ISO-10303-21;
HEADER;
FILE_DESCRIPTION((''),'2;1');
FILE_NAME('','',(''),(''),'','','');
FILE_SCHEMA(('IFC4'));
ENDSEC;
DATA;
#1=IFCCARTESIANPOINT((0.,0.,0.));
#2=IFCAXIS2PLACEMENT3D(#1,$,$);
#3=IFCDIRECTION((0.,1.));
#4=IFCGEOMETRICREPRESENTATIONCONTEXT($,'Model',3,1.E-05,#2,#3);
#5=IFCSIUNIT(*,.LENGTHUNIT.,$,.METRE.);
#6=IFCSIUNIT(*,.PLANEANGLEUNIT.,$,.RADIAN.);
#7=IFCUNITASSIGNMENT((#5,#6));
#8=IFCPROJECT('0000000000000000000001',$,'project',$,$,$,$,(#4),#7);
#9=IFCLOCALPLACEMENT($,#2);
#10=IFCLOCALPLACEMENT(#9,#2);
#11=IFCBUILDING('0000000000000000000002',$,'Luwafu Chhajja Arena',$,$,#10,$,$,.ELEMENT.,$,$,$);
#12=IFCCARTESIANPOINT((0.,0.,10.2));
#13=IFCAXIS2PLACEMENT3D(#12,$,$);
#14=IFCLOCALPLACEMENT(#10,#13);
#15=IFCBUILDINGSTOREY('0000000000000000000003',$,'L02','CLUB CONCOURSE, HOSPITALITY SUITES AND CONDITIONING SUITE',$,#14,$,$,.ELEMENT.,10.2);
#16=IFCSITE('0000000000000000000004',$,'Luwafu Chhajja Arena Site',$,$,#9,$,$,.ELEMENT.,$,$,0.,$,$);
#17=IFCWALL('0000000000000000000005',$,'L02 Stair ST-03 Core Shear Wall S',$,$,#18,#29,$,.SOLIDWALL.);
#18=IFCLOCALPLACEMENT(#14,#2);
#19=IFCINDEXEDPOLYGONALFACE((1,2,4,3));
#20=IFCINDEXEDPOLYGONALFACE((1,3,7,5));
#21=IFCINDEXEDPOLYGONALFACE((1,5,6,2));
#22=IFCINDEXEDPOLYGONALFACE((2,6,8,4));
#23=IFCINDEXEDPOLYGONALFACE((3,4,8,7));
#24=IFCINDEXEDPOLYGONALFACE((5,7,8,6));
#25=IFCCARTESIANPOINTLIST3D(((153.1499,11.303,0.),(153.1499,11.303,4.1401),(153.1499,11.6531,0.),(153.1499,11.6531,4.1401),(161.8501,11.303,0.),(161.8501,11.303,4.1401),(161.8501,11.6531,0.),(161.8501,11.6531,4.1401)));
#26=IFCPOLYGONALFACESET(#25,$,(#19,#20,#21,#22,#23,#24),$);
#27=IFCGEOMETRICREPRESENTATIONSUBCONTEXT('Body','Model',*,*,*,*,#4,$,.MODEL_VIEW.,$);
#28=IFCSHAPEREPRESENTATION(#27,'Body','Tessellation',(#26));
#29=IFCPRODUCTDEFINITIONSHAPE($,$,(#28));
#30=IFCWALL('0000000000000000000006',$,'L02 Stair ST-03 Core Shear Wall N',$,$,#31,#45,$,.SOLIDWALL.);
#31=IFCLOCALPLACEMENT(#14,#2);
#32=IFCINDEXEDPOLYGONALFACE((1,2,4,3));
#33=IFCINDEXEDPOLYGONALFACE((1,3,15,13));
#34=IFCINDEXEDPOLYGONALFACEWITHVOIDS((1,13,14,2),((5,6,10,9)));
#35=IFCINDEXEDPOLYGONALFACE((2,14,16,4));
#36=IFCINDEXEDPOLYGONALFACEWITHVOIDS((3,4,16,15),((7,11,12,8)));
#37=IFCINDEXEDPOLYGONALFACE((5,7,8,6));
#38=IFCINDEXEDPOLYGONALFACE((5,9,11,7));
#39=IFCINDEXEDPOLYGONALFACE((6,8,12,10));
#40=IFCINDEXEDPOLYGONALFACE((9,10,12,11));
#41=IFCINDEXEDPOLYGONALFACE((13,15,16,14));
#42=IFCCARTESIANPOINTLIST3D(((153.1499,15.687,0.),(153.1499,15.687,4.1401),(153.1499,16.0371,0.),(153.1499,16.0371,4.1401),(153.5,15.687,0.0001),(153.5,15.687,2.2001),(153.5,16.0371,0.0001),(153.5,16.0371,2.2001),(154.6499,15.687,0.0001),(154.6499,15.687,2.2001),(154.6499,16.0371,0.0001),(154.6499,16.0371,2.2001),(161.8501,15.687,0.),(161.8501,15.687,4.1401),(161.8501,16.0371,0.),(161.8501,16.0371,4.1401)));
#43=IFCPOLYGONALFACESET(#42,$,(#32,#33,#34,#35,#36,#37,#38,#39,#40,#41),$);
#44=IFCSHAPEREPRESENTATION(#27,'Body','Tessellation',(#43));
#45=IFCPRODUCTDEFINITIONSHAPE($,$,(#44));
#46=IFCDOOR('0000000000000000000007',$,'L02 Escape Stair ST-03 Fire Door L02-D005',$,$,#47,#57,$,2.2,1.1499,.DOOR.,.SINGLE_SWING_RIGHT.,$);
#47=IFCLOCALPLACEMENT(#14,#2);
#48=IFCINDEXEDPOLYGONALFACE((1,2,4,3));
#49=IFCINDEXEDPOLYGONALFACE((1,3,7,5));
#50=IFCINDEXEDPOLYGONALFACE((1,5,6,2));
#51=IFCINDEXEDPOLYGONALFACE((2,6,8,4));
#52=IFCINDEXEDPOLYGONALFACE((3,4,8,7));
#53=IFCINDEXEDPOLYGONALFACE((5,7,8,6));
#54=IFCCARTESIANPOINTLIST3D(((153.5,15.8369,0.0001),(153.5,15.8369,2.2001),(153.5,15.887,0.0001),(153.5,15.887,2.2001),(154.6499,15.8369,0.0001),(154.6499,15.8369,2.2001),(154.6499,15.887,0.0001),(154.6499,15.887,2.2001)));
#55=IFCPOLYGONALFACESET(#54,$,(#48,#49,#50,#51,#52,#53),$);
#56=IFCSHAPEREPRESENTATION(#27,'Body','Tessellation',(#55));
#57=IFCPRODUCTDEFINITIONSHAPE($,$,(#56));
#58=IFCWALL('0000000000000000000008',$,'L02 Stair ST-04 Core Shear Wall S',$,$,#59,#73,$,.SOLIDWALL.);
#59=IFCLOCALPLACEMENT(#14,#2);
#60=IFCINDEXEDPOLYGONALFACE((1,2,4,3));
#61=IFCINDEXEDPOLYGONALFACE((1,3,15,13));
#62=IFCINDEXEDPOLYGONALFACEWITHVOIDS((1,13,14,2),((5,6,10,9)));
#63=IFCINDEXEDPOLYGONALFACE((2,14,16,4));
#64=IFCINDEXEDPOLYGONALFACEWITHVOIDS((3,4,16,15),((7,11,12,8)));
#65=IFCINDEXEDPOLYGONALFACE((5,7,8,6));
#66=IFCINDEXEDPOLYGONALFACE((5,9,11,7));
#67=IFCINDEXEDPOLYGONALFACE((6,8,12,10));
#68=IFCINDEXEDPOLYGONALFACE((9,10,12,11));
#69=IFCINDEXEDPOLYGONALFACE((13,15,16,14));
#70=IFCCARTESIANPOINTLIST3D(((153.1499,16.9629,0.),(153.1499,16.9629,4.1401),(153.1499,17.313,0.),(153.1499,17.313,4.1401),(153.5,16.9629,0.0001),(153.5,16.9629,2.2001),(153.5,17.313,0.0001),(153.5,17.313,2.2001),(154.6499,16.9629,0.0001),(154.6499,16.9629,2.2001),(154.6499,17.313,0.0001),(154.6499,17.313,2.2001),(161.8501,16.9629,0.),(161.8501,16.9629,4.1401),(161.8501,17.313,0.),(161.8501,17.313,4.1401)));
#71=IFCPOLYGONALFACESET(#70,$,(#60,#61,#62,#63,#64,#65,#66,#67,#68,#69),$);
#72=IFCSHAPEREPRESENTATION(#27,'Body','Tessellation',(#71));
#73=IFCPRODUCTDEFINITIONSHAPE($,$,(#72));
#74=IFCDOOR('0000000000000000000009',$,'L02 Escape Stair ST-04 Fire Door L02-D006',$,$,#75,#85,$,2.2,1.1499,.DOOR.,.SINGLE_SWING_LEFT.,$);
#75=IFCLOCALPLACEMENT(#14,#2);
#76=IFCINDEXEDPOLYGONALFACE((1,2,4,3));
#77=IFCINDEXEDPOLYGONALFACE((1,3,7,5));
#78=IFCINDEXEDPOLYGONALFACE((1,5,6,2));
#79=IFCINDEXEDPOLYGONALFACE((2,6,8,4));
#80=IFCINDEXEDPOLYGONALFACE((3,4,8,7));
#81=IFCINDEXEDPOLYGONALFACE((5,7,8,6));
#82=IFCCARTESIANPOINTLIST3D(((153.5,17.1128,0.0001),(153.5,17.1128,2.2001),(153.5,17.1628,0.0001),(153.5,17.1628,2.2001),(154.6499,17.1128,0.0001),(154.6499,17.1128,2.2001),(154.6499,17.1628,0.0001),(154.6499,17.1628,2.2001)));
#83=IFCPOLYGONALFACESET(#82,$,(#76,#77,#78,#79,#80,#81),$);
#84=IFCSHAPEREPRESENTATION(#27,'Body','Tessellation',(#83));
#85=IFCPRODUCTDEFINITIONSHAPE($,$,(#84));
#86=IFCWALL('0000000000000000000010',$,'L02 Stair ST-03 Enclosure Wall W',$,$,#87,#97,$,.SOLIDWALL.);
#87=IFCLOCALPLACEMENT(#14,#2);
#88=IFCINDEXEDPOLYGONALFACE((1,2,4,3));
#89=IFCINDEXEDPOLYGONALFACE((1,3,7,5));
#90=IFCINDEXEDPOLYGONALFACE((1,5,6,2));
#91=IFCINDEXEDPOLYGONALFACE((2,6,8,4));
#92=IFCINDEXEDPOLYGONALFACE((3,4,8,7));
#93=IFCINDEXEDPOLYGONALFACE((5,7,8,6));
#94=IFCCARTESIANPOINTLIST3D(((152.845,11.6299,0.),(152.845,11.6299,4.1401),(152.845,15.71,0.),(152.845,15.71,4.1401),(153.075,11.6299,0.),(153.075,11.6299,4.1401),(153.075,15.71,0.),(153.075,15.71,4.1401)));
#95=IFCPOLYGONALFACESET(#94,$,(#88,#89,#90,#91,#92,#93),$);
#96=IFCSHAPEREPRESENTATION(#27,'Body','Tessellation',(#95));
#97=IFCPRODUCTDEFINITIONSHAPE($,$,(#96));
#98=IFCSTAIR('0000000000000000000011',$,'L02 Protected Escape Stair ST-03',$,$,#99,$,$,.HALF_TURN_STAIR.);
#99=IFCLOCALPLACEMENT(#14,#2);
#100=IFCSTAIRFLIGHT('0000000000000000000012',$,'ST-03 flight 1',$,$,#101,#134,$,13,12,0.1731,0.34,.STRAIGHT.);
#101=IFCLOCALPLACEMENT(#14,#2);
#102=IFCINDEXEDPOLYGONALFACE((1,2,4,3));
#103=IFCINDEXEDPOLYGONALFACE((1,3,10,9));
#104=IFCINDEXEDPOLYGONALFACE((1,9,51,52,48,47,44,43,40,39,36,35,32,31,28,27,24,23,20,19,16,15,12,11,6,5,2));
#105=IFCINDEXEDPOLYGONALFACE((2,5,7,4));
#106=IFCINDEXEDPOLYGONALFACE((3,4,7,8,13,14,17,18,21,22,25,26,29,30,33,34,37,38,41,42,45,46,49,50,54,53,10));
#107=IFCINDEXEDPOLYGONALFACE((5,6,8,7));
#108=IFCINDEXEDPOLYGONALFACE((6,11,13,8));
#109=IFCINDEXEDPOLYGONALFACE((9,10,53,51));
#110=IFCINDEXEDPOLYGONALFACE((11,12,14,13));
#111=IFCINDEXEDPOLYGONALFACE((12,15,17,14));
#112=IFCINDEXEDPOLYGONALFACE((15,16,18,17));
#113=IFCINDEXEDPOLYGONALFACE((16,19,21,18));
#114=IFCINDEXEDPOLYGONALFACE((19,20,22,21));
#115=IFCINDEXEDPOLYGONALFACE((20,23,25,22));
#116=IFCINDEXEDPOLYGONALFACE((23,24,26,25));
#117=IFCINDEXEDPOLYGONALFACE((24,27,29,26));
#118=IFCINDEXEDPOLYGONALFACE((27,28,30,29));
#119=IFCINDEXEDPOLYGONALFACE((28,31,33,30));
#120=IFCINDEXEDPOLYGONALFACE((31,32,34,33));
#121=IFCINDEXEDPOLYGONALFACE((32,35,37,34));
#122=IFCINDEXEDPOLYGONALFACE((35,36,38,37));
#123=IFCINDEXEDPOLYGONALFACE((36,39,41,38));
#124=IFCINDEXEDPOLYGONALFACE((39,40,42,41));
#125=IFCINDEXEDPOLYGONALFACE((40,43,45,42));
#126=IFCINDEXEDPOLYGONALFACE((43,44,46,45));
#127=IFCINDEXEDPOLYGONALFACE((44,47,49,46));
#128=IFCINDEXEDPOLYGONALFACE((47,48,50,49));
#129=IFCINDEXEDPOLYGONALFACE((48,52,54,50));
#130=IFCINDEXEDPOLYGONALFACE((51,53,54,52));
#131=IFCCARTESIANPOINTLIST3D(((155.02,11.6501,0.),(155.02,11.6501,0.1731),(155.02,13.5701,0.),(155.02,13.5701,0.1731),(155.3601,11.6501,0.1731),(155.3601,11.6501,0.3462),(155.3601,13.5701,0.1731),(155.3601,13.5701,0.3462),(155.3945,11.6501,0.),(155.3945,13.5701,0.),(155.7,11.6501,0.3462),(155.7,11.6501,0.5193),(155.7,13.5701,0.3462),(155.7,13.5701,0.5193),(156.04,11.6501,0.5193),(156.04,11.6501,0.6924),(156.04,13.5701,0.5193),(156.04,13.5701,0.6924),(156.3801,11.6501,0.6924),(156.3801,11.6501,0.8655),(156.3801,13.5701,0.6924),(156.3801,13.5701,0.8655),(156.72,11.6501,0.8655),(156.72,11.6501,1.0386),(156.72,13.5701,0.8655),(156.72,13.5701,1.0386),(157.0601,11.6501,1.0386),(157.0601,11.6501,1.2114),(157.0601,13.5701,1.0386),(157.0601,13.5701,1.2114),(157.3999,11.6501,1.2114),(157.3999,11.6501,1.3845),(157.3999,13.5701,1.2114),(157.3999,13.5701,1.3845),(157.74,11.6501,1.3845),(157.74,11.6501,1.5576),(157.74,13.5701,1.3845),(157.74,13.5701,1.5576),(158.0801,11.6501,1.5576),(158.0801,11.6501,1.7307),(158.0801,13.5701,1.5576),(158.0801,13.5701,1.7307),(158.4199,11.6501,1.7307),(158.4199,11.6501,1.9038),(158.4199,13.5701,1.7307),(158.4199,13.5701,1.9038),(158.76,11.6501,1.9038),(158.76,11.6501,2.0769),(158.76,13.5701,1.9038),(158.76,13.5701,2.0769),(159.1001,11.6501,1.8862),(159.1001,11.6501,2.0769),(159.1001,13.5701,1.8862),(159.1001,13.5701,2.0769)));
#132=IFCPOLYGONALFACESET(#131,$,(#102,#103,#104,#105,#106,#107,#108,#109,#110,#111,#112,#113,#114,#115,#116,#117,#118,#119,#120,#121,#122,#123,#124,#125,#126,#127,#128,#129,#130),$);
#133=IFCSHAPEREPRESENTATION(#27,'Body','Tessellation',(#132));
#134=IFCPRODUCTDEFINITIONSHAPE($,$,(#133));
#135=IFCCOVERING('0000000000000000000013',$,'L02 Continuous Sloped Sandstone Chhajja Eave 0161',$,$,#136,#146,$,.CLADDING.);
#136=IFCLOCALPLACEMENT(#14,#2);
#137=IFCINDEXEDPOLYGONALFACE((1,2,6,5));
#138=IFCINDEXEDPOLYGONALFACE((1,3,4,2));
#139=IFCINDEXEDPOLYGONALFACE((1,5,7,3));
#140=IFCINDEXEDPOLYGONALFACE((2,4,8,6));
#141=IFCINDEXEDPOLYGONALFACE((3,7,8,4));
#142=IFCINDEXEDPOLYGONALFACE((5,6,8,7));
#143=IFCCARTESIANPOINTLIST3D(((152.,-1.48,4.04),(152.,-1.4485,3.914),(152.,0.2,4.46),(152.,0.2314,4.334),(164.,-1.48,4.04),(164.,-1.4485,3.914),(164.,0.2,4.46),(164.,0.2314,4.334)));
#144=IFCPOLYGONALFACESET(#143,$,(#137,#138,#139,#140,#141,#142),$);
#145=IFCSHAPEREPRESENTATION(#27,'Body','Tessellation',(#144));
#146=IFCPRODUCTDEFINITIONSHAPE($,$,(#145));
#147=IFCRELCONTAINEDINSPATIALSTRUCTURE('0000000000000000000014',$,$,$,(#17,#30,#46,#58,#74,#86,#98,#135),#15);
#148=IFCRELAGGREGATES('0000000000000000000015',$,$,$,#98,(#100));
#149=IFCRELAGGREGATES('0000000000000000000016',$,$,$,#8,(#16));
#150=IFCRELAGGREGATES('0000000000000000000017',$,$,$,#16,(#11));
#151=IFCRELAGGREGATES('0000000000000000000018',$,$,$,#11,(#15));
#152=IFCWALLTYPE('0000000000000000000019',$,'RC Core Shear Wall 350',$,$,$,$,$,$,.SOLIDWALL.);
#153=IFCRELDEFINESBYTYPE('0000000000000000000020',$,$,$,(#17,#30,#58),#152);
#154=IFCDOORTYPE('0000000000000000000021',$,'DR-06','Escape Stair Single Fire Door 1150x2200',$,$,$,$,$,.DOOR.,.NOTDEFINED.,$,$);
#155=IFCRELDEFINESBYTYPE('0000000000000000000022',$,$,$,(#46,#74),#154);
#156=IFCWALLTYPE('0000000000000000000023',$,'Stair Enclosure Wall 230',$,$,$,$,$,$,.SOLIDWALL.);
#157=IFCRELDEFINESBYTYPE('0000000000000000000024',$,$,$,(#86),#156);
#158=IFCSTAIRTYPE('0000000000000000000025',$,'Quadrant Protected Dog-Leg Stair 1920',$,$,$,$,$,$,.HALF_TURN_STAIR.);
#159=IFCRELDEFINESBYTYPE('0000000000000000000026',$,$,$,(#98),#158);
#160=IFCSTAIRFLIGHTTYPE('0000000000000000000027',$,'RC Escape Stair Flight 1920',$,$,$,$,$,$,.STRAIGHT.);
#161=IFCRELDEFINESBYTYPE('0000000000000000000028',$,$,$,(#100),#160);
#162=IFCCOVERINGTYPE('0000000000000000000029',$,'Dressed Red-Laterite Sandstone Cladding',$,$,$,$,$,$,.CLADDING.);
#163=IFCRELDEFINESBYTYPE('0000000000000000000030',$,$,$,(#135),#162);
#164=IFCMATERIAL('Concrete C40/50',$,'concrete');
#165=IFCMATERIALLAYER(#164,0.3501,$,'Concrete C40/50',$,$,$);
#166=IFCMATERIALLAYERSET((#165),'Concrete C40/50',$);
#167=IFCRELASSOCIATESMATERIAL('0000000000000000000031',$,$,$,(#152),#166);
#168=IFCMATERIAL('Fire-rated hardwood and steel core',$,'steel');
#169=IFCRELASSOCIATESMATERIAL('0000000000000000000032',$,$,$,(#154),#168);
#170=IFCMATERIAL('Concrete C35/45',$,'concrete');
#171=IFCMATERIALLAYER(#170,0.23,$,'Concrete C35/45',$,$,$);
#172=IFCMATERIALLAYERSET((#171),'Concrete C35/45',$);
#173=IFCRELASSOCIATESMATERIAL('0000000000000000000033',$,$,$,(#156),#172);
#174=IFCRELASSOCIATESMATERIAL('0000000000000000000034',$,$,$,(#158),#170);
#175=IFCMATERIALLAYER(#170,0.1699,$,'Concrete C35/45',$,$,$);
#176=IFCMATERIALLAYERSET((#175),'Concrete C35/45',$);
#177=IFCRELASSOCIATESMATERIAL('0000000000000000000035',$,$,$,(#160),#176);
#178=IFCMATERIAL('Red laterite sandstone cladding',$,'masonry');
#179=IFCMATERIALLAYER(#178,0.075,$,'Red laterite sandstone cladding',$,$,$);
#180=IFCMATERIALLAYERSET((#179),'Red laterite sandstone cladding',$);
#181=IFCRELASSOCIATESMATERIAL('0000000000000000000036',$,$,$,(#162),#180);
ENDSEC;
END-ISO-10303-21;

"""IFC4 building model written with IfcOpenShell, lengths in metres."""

from ifc_helpers import new_model, si_unit, direction, frame, frame_2d, origin, place, context, subcontext, project, spatial, polyline, rectangle, outline, extrude, material, layer, layer_set, type_object, element, fill, aggregate, save


model = new_model("IFC4")

# Units and contexts
model_context = context("Model", 3, precision=1e-05, world=origin(), true_north=direction((0.0, 1.0)))
body_context = subcontext(model_context, "Body", "Model", "MODEL_VIEW")
ifc_project = project(units=[si_unit("LENGTHUNIT", "METRE"), si_unit("PLANEANGLEUNIT", "RADIAN")], contexts=[model_context])

# Site, building, storey
site_placement = place(None, origin())
site = spatial("IfcSite", under=ifc_project, at=site_placement, Name="Luwafu Chhajja Arena Site", CompositionType="ELEMENT", RefElevation=0.0)
building_placement = place(site_placement, origin())
building = spatial("IfcBuilding", under=site, at=building_placement, Name="Luwafu Chhajja Arena", CompositionType="ELEMENT")
storey_placement = place(building_placement, frame((0.0, 0.0, 10.2)))
storey = spatial("IfcBuildingStorey", under=building, at=storey_placement, Name="L02", Description="CLUB CONCOURSE, HOSPITALITY SUITES AND CONDITIONING SUITE", CompositionType="ELEMENT", Elevation=10.2)

# Shared definitions
ifc_material_1 = material(Name="Concrete C35/45", Category="concrete")

# Wall
ifc_material_2 = material(Name="Concrete C40/50", Category="concrete")
ifc_layer_1 = layer(ifc_material_2, 0.3501, Name="Concrete C40/50")
ifc_layer_set_1 = layer_set([ifc_layer_1], Name="Concrete C40/50")
wall_type_1 = type_object("IfcWallType", Name="RC Core Shear Wall 350", PredefinedType="SOLIDWALL", material=ifc_layer_set_1)
wall_1_placement = place(storey_placement, frame((153.1499, 11.478, 0.0), z_axis=(0.0, 0.0, 1.0), x_axis=(1.0, 0.0, 0.0)))
element("IfcWall", 1, at=wall_1_placement, inside=storey, type_object=wall_type_1, Name="L02 Stair ST-03 Core Shear Wall S", PredefinedType="SOLIDWALL", context=body_context, shape_type="SweptSolid", body=[
    extrude(rectangle(XDim=8.7002, YDim=0.3501, at=frame_2d((4.3501, 0.0))), origin(), (0.0, 0.0, 1.0), 4.1401),
])

# Walls, openings, doors
wall_2_placement = place(storey_placement, frame((153.1499, 15.8621, 0.0), z_axis=(0.0, 0.0, 1.0), x_axis=(1.0, 0.0, 0.0)))
wall_2 = element("IfcWall", 2, at=wall_2_placement, inside=storey, type_object=wall_type_1, Name="L02 Stair ST-03 Core Shear Wall N", PredefinedType="SOLIDWALL", context=body_context, shape_type="SweptSolid", body=[
    extrude(rectangle(XDim=8.7002, YDim=0.3501, at=frame_2d((4.3501, 0.0))), origin(), (0.0, 0.0, 1.0), 4.1401),
])
opening_1_placement = place(wall_2_placement, frame((0.3501, 0.0, 0.0)))
opening_1 = element("IfcOpeningElement", 3, at=opening_1_placement, cuts=wall_2, PredefinedType="OPENING", context=body_context, shape_type="SweptSolid", body=[
    extrude(rectangle(XDim=1.1499, YDim=2.2, at=frame_2d((0.575, 1.1001))), frame((0.0, 0.1851, 0.0), z_axis=(0.0, -1.0, 0.0), x_axis=(1.0, 0.0, 0.0)), (0.0, 0.0, 1.0), 0.3701),
])
ifc_material_3 = material(Name="Fire-rated hardwood and steel core", Category="steel")
door_type = type_object("IfcDoorType", Name="DR-06", Description="Escape Stair Single Fire Door 1150x2200", OperationType="NOTDEFINED", PredefinedType="DOOR", material=ifc_material_3)
door_1_placement = place(opening_1_placement, origin())
door_1 = element("IfcDoor", 4, at=door_1_placement, inside=storey, type_object=door_type, Name="L02 Escape Stair ST-03 Fire Door L02-D005", OperationType="SINGLE_SWING_RIGHT", OverallHeight=2.2, OverallWidth=1.1499, PredefinedType="DOOR", context=body_context, shape_type="SweptSolid", body=[
    extrude(rectangle(XDim=1.1499, YDim=2.2, at=frame_2d((0.575, 1.1001))), frame((0.0, 0.0249, 0.0), z_axis=(0.0, -1.0, 0.0), x_axis=(1.0, 0.0, 0.0)), (0.0, 0.0, 1.0), 0.05),
])
fill(opening_1, door_1)
wall_3_placement = place(storey_placement, frame((153.1499, 17.1379, 0.0), z_axis=(0.0, 0.0, 1.0), x_axis=(1.0, 0.0, 0.0)))
wall_3 = element("IfcWall", 5, at=wall_3_placement, inside=storey, type_object=wall_type_1, Name="L02 Stair ST-04 Core Shear Wall S", PredefinedType="SOLIDWALL", context=body_context, shape_type="SweptSolid", body=[
    extrude(rectangle(XDim=8.7002, YDim=0.3501, at=frame_2d((4.3501, 0.0))), origin(), (0.0, 0.0, 1.0), 4.1401),
])
opening_2_placement = place(wall_3_placement, frame((0.3501, 0.0, 0.0)))
opening_2 = element("IfcOpeningElement", 6, at=opening_2_placement, cuts=wall_3, PredefinedType="OPENING", context=body_context, shape_type="SweptSolid", body=[
    extrude(rectangle(XDim=1.1499, YDim=2.2, at=frame_2d((0.575, 1.1001))), frame((0.0, 0.1851, 0.0), z_axis=(0.0, -1.0, 0.0), x_axis=(1.0, 0.0, 0.0)), (0.0, 0.0, 1.0), 0.3701),
])
door_2_placement = place(opening_2_placement, origin())
door_2 = element("IfcDoor", 7, at=door_2_placement, inside=storey, type_object=door_type, Name="L02 Escape Stair ST-04 Fire Door L02-D006", OperationType="SINGLE_SWING_LEFT", OverallHeight=2.2, OverallWidth=1.1499, PredefinedType="DOOR", context=body_context, shape_type="SweptSolid", body=[
    extrude(rectangle(XDim=1.1499, YDim=2.2, at=frame_2d((0.575, 1.1001))), frame((0.0, 0.0249, 0.0), z_axis=(0.0, -1.0, 0.0), x_axis=(1.0, 0.0, 0.0)), (0.0, 0.0, 1.0), 0.05),
])
fill(opening_2, door_2)

# Wall
ifc_layer_2 = layer(ifc_material_1, 0.23, Name="Concrete C35/45")
ifc_layer_set_2 = layer_set([ifc_layer_2], Name="Concrete C35/45")
wall_type_2 = type_object("IfcWallType", Name="Stair Enclosure Wall 230", PredefinedType="SOLIDWALL", material=ifc_layer_set_2)
wall_4_placement = place(storey_placement, frame((152.96, 11.6299, 0.0), z_axis=(0.0, 0.0, 1.0), x_axis=(0.0, 1.0, 0.0)))
element("IfcWall", 8, at=wall_4_placement, inside=storey, type_object=wall_type_2, Name="L02 Stair ST-03 Enclosure Wall W", PredefinedType="SOLIDWALL", context=body_context, shape_type="SweptSolid", body=[
    extrude(rectangle(XDim=4.0801, YDim=0.23, at=frame_2d((2.04, 0.0))), origin(), (0.0, 0.0, 1.0), 4.1401),
])

# Stair, stair flight
stair_type = type_object("IfcStairType", Name="Quadrant Protected Dog-Leg Stair 1920", PredefinedType="HALF_TURN_STAIR", material=ifc_material_1)
stair_placement = place(storey_placement, origin())
stair = element("IfcStair", 9, at=stair_placement, inside=storey, type_object=stair_type, Name="L02 Protected Escape Stair ST-03", PredefinedType="HALF_TURN_STAIR")
ifc_layer_3 = layer(ifc_material_1, 0.1699, Name="Concrete C35/45")
ifc_layer_set_3 = layer_set([ifc_layer_3], Name="Concrete C35/45")
stair_flight_type = type_object("IfcStairFlightType", Name="RC Escape Stair Flight 1920", PredefinedType="STRAIGHT", material=ifc_layer_set_3)
stair_flight_placement = place(storey_placement, frame((155.02, 12.6101, 0.0), z_axis=(0.0, 0.0, 1.0), x_axis=(1.0, 0.0, 0.0)))
stair_flight = element("IfcStairFlight", 10, at=stair_flight_placement, type_object=stair_flight_type, Name="ST-03 flight 1", NumberOfRisers=13, NumberOfTreads=12, PredefinedType="STRAIGHT", RiserHeight=0.1731, TreadLength=0.34, context=body_context, shape_type="SweptSolid", body=[
    extrude(outline(polyline([(0.0, 0.0), (0.0, 0.1731), (0.3401, 0.1731), (0.3401, 0.3462), (0.6799, 0.3462), (0.6799, 0.5193), (1.02, 0.5193), (1.02, 0.6924), (1.3601, 0.6924), (1.3601, 0.8655), (1.7, 0.8655), (1.7, 1.0386), (2.04, 1.0386), (2.04, 1.2114), (2.3799, 1.2114), (2.3799, 1.3845), (2.72, 1.3845), (2.72, 1.5576), (3.0601, 1.5576), (3.0601, 1.7307), (3.3999, 1.7307), (3.3999, 1.9038), (3.74, 1.9038), (3.74, 2.0769), (4.0801, 2.0769), (4.0801, 2.25), (4.0801, 1.8862), (0.3745, 0.0), (0.0, 0.0)])), frame((0.0, 0.96, 0.0), z_axis=(0.0, -1.0, 0.0), x_axis=(1.0, 0.0, 0.0)), (0.0, 0.0, 1.0), 1.9199),
])
aggregate(stair, [stair_flight])

# Covering
ifc_material_4 = material(Name="Red laterite sandstone cladding", Category="masonry")
ifc_layer_4 = layer(ifc_material_4, 0.075, Name="Red laterite sandstone cladding")
ifc_layer_set_4 = layer_set([ifc_layer_4], Name="Red laterite sandstone cladding")
covering_type = type_object("IfcCoveringType", Name="Dressed Red-Laterite Sandstone Cladding", PredefinedType="CLADDING", material=ifc_layer_set_4)
covering_placement = place(storey_placement, frame((152.0, 0.2, 4.46), z_axis=(0.0, -0.242502, 0.970151), x_axis=(1.0, 0.0, 0.0)))
element("IfcCovering", 11, at=covering_placement, inside=storey, type_object=covering_type, Name="L02 Continuous Sloped Sandstone Chhajja Eave 0161", PredefinedType="CLADDING", context=body_context, shape_type="SweptSolid", body=[
    extrude(outline(polyline([(0.0, 0.0), (12.0, 0.0), (12.0, -1.7316), (0.0, -1.7316), (0.0, 0.0)])), origin(), (0.0, 0.0, -1.0), 0.1299),
])

save(model, "model.ifc")
